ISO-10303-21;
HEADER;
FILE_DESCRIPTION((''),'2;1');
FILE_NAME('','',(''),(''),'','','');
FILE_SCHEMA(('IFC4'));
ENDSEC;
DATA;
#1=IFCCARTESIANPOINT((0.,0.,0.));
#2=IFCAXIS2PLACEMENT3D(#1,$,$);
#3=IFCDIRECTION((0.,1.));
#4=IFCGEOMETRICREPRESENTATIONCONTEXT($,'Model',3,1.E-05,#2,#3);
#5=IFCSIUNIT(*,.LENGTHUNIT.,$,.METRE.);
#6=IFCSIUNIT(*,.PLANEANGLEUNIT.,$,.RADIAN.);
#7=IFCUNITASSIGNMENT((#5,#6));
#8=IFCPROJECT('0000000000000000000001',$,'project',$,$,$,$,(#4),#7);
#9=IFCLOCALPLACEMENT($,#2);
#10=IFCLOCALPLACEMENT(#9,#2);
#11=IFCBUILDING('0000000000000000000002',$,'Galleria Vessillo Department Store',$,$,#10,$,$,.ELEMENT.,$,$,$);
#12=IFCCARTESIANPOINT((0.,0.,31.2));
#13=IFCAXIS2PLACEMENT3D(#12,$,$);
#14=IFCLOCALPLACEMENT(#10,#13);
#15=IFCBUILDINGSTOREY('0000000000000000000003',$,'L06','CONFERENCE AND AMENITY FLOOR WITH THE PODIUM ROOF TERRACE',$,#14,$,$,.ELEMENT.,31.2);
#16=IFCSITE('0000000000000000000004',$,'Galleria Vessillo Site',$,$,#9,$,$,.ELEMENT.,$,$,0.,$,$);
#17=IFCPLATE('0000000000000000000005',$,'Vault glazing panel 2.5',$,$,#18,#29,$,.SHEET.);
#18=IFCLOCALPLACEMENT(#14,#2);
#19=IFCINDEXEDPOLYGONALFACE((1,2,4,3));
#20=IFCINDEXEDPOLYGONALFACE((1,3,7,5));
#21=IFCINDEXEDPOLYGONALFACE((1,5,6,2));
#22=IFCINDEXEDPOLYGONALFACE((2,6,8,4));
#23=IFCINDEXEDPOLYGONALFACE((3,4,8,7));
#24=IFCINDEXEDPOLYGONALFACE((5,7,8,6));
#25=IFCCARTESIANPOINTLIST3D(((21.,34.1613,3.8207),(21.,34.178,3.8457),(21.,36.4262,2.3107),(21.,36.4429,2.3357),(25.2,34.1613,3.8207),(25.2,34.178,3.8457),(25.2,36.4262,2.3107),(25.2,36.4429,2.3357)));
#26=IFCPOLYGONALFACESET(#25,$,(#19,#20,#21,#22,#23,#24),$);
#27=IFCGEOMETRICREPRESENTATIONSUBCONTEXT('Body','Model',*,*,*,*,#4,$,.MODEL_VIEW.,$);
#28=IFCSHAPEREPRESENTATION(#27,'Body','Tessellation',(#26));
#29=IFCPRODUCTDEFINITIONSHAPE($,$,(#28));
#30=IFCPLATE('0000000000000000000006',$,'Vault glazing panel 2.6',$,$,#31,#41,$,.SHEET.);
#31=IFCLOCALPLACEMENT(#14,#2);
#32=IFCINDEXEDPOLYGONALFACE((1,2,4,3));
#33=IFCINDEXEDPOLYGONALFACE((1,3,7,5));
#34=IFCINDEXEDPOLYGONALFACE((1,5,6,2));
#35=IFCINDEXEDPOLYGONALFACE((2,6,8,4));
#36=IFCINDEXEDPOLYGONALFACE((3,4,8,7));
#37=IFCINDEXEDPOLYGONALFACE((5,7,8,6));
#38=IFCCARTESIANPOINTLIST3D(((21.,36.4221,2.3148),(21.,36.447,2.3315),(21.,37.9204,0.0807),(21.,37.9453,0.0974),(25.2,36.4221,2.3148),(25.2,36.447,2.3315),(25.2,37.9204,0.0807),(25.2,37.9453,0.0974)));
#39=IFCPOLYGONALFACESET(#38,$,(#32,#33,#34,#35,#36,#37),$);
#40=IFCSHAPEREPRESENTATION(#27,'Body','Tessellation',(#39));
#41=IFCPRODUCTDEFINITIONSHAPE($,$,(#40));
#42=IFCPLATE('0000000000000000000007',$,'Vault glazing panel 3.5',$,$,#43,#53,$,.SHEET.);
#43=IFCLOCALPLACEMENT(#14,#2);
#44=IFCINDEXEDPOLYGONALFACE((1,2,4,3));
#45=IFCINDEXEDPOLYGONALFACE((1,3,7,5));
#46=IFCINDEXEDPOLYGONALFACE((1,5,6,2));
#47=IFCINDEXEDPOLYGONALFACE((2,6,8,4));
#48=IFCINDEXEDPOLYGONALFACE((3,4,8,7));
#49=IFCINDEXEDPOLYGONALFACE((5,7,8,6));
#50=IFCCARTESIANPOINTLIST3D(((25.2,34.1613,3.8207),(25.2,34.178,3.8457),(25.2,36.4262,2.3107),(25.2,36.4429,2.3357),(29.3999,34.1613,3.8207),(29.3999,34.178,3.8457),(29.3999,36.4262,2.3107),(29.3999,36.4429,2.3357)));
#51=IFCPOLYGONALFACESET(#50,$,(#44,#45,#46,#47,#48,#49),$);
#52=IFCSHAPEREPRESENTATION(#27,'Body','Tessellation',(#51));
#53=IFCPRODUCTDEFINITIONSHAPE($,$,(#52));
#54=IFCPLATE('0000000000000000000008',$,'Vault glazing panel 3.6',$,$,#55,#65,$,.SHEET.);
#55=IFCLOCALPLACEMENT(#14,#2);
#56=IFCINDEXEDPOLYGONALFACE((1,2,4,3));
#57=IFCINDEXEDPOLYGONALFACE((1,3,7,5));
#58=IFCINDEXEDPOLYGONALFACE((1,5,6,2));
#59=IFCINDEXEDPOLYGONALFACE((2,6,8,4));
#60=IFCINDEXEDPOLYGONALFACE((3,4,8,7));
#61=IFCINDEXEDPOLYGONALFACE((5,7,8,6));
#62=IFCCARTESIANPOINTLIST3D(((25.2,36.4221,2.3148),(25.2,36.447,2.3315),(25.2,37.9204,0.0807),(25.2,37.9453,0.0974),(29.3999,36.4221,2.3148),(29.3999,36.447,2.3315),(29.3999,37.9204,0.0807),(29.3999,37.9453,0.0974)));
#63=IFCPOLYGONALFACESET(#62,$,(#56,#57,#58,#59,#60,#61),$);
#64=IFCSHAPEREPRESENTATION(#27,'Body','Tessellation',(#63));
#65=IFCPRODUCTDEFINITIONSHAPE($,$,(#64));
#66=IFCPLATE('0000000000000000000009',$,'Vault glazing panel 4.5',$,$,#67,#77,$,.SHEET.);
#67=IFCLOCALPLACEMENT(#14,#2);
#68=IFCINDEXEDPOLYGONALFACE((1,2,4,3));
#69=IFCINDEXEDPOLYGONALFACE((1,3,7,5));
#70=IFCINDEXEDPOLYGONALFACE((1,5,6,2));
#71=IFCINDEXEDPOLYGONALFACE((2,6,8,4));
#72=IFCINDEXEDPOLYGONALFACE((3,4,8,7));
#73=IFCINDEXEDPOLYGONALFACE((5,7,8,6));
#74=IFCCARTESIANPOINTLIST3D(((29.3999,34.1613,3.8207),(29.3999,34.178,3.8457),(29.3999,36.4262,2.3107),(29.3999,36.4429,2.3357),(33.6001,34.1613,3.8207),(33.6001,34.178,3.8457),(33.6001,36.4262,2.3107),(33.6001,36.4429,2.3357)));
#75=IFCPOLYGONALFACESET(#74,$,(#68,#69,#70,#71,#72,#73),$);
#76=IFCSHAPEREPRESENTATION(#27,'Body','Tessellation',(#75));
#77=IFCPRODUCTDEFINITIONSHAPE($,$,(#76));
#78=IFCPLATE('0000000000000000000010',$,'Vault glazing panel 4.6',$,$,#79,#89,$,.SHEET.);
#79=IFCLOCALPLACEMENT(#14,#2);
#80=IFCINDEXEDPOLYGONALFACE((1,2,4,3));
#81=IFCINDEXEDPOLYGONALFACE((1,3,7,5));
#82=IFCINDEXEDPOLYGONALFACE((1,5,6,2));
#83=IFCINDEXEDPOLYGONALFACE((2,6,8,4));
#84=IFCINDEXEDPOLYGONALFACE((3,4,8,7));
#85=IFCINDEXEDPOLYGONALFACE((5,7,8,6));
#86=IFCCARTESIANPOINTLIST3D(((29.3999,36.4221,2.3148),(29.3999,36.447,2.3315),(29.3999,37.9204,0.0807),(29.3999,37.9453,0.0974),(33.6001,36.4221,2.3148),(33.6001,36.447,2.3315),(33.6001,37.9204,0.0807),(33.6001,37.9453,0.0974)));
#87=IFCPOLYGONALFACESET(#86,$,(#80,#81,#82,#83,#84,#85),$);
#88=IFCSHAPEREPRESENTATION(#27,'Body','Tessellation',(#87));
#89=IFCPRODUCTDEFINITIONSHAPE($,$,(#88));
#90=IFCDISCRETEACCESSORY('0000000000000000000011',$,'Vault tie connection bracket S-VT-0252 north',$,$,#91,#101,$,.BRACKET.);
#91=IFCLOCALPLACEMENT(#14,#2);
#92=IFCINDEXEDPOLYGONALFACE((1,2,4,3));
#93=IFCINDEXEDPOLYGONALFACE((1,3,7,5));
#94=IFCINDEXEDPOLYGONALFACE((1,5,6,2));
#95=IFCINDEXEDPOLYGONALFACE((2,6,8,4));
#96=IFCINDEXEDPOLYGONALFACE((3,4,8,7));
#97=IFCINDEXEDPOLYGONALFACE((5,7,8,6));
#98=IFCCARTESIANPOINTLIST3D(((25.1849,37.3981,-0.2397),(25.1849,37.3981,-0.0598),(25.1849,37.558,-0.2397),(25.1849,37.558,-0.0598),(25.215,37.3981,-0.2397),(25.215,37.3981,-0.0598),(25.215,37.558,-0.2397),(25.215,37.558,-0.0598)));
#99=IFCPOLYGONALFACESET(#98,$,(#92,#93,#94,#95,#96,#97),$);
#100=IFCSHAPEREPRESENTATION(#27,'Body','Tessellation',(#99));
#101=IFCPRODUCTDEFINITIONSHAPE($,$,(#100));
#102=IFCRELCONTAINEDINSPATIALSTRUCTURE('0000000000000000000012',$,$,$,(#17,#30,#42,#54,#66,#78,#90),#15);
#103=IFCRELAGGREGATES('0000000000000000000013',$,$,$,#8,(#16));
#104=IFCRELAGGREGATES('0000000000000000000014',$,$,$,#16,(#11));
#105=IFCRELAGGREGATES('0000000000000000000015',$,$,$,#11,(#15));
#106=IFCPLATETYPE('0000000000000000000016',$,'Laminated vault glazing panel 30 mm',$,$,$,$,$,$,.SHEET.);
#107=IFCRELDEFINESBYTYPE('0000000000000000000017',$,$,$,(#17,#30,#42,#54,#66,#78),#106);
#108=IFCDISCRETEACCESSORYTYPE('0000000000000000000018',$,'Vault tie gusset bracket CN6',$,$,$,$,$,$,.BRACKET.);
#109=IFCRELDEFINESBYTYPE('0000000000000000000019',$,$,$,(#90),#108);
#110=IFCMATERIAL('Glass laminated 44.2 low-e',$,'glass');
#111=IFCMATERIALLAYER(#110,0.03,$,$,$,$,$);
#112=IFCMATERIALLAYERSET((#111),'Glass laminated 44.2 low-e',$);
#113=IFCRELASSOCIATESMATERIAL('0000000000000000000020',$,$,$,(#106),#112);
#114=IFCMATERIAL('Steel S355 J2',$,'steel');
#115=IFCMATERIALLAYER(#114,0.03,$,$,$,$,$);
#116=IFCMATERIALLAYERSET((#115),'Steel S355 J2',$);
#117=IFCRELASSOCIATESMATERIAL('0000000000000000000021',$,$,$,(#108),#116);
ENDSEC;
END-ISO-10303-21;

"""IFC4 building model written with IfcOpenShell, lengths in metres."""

from ifc_helpers import new_model, si_unit, direction, frame, origin, origin_2d, place, context, subcontext, project, spatial, polyline, rectangle, outline, extrude, material, layer, layer_set, type_object, element, save


model = new_model("IFC4")

# Units and contexts
model_context = context("Model", 3, precision=1e-05, world=origin(), true_north=direction((0.0, 1.0)))
body_context = subcontext(model_context, "Body", "Model", "MODEL_VIEW")
ifc_project = project(units=[si_unit("LENGTHUNIT", "METRE"), si_unit("PLANEANGLEUNIT", "RADIAN")], contexts=[model_context])

# Site, building, storey
site_placement = place(None, origin())
site = spatial("IfcSite", under=ifc_project, at=site_placement, Name="Galleria Vessillo Site", CompositionType="ELEMENT", RefElevation=0.0)
building_placement = place(site_placement, origin())
building = spatial("IfcBuilding", under=site, at=building_placement, Name="Galleria Vessillo Department Store", CompositionType="ELEMENT")
storey_placement = place(building_placement, frame((0.0, 0.0, 31.2)))
storey = spatial("IfcBuildingStorey", under=building, at=storey_placement, Name="L06", Description="CONFERENCE AND AMENITY FLOOR WITH THE PODIUM ROOF TERRACE", CompositionType="ELEMENT", Elevation=31.2)

# Plates
ifc_material_1 = material(Name="Glass laminated 44.2 low-e", Category="glass")
ifc_layer_1 = layer(ifc_material_1, 0.03)
ifc_layer_set_1 = layer_set([ifc_layer_1], Name="Glass laminated 44.2 low-e")
plate_type = type_object("IfcPlateType", Name="Laminated vault glazing panel 30 mm", PredefinedType="SHEET", material=ifc_layer_set_1)
plate_1_placement = place(storey_placement, frame((21.0, 34.178, 3.8457), z_axis=(0.0, 0.554721, 0.832036), x_axis=(1.0, 0.0, 0.0)))
element("IfcPlate", 1, at=plate_1_placement, inside=storey, type_object=plate_type, Name="Vault glazing panel 2.5", PredefinedType="SHEET", context=body_context, shape_type="SweptSolid", body=[
    extrude(outline(polyline([(0.0, 0.0), (4.2, 0.0), (4.2, 2.7221), (0.0, 2.7221), (0.0, 0.0)])), origin(), (0.0, 0.0, -1.0), 0.03),
])
plate_2_placement = place(storey_placement, frame((21.0, 36.447, 2.3315), z_axis=(0.0, 0.830525, 0.556981), x_axis=(1.0, 0.0, 0.0)))
element("IfcPlate", 2, at=plate_2_placement, inside=storey, type_object=plate_type, Name="Vault glazing panel 2.6", PredefinedType="SHEET", context=body_context, shape_type="SweptSolid", body=[
    extrude(outline(polyline([(0.0, 0.0), (4.2, 0.0), (4.2, 2.69), (0.0, 2.69), (0.0, 0.0)])), origin(), (0.0, 0.0, -1.0), 0.03),
])
plate_3_placement = place(storey_placement, frame((25.2, 34.178, 3.8457), z_axis=(0.0, 0.554721, 0.832036), x_axis=(1.0, 0.0, 0.0)))
element("IfcPlate", 3, at=plate_3_placement, inside=storey, type_object=plate_type, Name="Vault glazing panel 3.5", PredefinedType="SHEET", context=body_context, shape_type="SweptSolid", body=[
    extrude(outline(polyline([(0.0, 0.0), (4.2, 0.0), (4.2, 2.7221), (0.0, 2.7221), (0.0, 0.0)])), origin(), (0.0, 0.0, -1.0), 0.03),
])
plate_4_placement = place(storey_placement, frame((25.2, 36.447, 2.3315), z_axis=(0.0, 0.830525, 0.556981), x_axis=(1.0, 0.0, 0.0)))
element("IfcPlate", 4, at=plate_4_placement, inside=storey, type_object=plate_type, Name="Vault glazing panel 3.6", PredefinedType="SHEET", context=body_context, shape_type="SweptSolid", body=[
    extrude(outline(polyline([(0.0, 0.0), (4.2, 0.0), (4.2, 2.69), (0.0, 2.69), (0.0, 0.0)])), origin(), (0.0, 0.0, -1.0), 0.03),
])
plate_5_placement = place(storey_placement, frame((29.3999, 34.178, 3.8457), z_axis=(0.0, 0.554721, 0.832036), x_axis=(1.0, 0.0, 0.0)))
element("IfcPlate", 5, at=plate_5_placement, inside=storey, type_object=plate_type, Name="Vault glazing panel 4.5", PredefinedType="SHEET", context=body_context, shape_type="SweptSolid", body=[
    extrude(outline(polyline([(0.0, 0.0), (4.2002, 0.0), (4.2002, 2.7221), (0.0, 2.7221), (0.0, 0.0)])), origin(), (0.0, 0.0, -1.0), 0.03),
])
plate_6_placement = place(storey_placement, frame((29.3999, 36.447, 2.3315), z_axis=(0.0, 0.830525, 0.556981), x_axis=(1.0, 0.0, 0.0)))
element("IfcPlate", 6, at=plate_6_placement, inside=storey, type_object=plate_type, Name="Vault glazing panel 4.6", PredefinedType="SHEET", context=body_context, shape_type="SweptSolid", body=[
    extrude(outline(polyline([(0.0, 0.0), (4.2002, 0.0), (4.2002, 2.69), (0.0, 2.69), (0.0, 0.0)])), origin(), (0.0, 0.0, -1.0), 0.03),
])

# Discrete accessory
ifc_material_2 = material(Name="Steel S355 J2", Category="steel")
ifc_layer_2 = layer(ifc_material_2, 0.03)
ifc_layer_set_2 = layer_set([ifc_layer_2], Name="Steel S355 J2")
discrete_accessory_type = type_object("IfcDiscreteAccessoryType", Name="Vault tie gusset bracket CN6", PredefinedType="BRACKET", material=ifc_layer_set_2)
discrete_accessory_placement = place(storey_placement, frame((25.2, 37.478, -0.2397), z_axis=(0.0, 0.0, 1.0), x_axis=(1.0, 0.0, 0.0)))
element("IfcDiscreteAccessory", 7, at=discrete_accessory_placement, inside=storey, type_object=discrete_accessory_type, Name="Vault tie connection bracket S-VT-0252 north", PredefinedType="BRACKET", context=body_context, shape_type="SweptSolid", body=[
    extrude(rectangle(XDim=0.03, YDim=0.1599, at=origin_2d()), origin(), (0.0, 0.0, 1.0), 0.1799),
])

save(model, "model.ifc")
